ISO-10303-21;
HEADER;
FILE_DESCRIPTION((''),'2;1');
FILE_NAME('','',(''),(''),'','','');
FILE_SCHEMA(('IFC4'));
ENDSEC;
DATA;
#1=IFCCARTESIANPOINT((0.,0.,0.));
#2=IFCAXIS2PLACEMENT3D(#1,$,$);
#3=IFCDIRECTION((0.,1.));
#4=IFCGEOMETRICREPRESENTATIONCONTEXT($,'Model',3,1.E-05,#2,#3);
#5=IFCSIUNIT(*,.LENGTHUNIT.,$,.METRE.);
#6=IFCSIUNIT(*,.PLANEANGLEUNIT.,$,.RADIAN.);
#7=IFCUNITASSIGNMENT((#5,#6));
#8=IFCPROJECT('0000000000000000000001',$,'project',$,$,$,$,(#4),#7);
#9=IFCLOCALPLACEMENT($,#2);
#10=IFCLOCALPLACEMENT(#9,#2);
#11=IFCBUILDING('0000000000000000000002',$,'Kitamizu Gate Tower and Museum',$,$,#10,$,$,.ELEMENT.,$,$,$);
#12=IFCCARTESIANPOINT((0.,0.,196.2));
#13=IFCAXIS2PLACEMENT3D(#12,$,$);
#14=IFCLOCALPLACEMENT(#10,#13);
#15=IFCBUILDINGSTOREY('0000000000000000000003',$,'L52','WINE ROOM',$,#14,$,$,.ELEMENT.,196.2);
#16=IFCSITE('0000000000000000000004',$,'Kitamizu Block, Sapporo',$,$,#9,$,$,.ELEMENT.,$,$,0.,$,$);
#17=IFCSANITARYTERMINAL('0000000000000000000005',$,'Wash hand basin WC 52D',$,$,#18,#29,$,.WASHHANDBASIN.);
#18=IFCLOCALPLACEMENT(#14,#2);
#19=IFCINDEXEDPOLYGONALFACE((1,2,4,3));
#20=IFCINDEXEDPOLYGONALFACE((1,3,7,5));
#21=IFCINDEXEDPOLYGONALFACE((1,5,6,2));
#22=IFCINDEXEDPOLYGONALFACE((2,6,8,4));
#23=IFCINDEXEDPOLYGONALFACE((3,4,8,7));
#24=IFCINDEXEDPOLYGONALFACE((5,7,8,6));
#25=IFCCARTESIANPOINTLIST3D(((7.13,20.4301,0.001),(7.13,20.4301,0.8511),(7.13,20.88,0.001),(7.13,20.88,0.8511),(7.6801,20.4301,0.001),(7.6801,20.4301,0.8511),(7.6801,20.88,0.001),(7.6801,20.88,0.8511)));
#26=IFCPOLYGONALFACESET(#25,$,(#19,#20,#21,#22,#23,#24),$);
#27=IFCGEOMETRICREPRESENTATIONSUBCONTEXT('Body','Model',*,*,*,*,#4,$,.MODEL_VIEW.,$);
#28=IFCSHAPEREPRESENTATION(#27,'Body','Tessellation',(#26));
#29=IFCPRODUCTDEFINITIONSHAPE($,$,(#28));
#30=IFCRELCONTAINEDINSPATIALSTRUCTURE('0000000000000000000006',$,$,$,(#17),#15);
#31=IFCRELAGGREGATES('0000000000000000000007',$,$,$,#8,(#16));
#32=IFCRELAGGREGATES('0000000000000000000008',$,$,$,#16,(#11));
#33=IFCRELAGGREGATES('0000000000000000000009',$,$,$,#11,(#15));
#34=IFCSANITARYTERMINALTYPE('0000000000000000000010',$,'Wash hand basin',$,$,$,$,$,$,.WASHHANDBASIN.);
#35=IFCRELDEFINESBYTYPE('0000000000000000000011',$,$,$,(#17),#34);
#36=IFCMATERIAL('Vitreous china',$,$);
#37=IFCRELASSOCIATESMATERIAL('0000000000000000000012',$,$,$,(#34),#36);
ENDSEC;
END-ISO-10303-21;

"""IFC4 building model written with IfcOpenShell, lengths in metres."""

from ifc_helpers import new_model, si_unit, direction, frame, origin, origin_2d, place, context, subcontext, project, spatial, rectangle, extrude, material, type_object, element, save


model = new_model("IFC4")

# Units and contexts
model_context = context("Model", 3, precision=1e-05, world=origin(), true_north=direction((0.0, 1.0)))
body_context = subcontext(model_context, "Body", "Model", "MODEL_VIEW")
ifc_project = project(units=[si_unit("LENGTHUNIT", "METRE"), si_unit("PLANEANGLEUNIT", "RADIAN")], contexts=[model_context])

# Site, building, storey
site_placement = place(None, origin())
site = spatial("IfcSite", under=ifc_project, at=site_placement, Name="Kitamizu Block, Sapporo", CompositionType="ELEMENT", RefElevation=0.0)
building_placement = place(site_placement, origin())
building = spatial("IfcBuilding", under=site, at=building_placement, Name="Kitamizu Gate Tower and Museum", CompositionType="ELEMENT")
storey_placement = place(building_placement, frame((0.0, 0.0, 196.2)))
storey = spatial("IfcBuildingStorey", under=building, at=storey_placement, Name="L52", Description="WINE ROOM", CompositionType="ELEMENT", Elevation=196.2)

# Sanitary terminal
ifc_material_1 = material(Name="Vitreous china")
sanitary_terminal_type = type_object("IfcSanitaryTerminalType", Name="Wash hand basin", PredefinedType="WASHHANDBASIN", material=ifc_material_1)
sanitary_terminal_placement = place(storey_placement, frame((7.405, 20.655, 0.001), z_axis=(0.0, 0.0, 1.0), x_axis=(1.0, 0.0, 0.0)))
element("IfcSanitaryTerminal", 1, at=sanitary_terminal_placement, inside=storey, type_object=sanitary_terminal_type, Name="Wash hand basin WC 52D", PredefinedType="WASHHANDBASIN", context=body_context, shape_type="SweptSolid", body=[
    extrude(rectangle(XDim=0.55, YDim=0.45, at=origin_2d()), origin(), (0.0, 0.0, 1.0), 0.8501),
])

save(model, "model.ifc")
